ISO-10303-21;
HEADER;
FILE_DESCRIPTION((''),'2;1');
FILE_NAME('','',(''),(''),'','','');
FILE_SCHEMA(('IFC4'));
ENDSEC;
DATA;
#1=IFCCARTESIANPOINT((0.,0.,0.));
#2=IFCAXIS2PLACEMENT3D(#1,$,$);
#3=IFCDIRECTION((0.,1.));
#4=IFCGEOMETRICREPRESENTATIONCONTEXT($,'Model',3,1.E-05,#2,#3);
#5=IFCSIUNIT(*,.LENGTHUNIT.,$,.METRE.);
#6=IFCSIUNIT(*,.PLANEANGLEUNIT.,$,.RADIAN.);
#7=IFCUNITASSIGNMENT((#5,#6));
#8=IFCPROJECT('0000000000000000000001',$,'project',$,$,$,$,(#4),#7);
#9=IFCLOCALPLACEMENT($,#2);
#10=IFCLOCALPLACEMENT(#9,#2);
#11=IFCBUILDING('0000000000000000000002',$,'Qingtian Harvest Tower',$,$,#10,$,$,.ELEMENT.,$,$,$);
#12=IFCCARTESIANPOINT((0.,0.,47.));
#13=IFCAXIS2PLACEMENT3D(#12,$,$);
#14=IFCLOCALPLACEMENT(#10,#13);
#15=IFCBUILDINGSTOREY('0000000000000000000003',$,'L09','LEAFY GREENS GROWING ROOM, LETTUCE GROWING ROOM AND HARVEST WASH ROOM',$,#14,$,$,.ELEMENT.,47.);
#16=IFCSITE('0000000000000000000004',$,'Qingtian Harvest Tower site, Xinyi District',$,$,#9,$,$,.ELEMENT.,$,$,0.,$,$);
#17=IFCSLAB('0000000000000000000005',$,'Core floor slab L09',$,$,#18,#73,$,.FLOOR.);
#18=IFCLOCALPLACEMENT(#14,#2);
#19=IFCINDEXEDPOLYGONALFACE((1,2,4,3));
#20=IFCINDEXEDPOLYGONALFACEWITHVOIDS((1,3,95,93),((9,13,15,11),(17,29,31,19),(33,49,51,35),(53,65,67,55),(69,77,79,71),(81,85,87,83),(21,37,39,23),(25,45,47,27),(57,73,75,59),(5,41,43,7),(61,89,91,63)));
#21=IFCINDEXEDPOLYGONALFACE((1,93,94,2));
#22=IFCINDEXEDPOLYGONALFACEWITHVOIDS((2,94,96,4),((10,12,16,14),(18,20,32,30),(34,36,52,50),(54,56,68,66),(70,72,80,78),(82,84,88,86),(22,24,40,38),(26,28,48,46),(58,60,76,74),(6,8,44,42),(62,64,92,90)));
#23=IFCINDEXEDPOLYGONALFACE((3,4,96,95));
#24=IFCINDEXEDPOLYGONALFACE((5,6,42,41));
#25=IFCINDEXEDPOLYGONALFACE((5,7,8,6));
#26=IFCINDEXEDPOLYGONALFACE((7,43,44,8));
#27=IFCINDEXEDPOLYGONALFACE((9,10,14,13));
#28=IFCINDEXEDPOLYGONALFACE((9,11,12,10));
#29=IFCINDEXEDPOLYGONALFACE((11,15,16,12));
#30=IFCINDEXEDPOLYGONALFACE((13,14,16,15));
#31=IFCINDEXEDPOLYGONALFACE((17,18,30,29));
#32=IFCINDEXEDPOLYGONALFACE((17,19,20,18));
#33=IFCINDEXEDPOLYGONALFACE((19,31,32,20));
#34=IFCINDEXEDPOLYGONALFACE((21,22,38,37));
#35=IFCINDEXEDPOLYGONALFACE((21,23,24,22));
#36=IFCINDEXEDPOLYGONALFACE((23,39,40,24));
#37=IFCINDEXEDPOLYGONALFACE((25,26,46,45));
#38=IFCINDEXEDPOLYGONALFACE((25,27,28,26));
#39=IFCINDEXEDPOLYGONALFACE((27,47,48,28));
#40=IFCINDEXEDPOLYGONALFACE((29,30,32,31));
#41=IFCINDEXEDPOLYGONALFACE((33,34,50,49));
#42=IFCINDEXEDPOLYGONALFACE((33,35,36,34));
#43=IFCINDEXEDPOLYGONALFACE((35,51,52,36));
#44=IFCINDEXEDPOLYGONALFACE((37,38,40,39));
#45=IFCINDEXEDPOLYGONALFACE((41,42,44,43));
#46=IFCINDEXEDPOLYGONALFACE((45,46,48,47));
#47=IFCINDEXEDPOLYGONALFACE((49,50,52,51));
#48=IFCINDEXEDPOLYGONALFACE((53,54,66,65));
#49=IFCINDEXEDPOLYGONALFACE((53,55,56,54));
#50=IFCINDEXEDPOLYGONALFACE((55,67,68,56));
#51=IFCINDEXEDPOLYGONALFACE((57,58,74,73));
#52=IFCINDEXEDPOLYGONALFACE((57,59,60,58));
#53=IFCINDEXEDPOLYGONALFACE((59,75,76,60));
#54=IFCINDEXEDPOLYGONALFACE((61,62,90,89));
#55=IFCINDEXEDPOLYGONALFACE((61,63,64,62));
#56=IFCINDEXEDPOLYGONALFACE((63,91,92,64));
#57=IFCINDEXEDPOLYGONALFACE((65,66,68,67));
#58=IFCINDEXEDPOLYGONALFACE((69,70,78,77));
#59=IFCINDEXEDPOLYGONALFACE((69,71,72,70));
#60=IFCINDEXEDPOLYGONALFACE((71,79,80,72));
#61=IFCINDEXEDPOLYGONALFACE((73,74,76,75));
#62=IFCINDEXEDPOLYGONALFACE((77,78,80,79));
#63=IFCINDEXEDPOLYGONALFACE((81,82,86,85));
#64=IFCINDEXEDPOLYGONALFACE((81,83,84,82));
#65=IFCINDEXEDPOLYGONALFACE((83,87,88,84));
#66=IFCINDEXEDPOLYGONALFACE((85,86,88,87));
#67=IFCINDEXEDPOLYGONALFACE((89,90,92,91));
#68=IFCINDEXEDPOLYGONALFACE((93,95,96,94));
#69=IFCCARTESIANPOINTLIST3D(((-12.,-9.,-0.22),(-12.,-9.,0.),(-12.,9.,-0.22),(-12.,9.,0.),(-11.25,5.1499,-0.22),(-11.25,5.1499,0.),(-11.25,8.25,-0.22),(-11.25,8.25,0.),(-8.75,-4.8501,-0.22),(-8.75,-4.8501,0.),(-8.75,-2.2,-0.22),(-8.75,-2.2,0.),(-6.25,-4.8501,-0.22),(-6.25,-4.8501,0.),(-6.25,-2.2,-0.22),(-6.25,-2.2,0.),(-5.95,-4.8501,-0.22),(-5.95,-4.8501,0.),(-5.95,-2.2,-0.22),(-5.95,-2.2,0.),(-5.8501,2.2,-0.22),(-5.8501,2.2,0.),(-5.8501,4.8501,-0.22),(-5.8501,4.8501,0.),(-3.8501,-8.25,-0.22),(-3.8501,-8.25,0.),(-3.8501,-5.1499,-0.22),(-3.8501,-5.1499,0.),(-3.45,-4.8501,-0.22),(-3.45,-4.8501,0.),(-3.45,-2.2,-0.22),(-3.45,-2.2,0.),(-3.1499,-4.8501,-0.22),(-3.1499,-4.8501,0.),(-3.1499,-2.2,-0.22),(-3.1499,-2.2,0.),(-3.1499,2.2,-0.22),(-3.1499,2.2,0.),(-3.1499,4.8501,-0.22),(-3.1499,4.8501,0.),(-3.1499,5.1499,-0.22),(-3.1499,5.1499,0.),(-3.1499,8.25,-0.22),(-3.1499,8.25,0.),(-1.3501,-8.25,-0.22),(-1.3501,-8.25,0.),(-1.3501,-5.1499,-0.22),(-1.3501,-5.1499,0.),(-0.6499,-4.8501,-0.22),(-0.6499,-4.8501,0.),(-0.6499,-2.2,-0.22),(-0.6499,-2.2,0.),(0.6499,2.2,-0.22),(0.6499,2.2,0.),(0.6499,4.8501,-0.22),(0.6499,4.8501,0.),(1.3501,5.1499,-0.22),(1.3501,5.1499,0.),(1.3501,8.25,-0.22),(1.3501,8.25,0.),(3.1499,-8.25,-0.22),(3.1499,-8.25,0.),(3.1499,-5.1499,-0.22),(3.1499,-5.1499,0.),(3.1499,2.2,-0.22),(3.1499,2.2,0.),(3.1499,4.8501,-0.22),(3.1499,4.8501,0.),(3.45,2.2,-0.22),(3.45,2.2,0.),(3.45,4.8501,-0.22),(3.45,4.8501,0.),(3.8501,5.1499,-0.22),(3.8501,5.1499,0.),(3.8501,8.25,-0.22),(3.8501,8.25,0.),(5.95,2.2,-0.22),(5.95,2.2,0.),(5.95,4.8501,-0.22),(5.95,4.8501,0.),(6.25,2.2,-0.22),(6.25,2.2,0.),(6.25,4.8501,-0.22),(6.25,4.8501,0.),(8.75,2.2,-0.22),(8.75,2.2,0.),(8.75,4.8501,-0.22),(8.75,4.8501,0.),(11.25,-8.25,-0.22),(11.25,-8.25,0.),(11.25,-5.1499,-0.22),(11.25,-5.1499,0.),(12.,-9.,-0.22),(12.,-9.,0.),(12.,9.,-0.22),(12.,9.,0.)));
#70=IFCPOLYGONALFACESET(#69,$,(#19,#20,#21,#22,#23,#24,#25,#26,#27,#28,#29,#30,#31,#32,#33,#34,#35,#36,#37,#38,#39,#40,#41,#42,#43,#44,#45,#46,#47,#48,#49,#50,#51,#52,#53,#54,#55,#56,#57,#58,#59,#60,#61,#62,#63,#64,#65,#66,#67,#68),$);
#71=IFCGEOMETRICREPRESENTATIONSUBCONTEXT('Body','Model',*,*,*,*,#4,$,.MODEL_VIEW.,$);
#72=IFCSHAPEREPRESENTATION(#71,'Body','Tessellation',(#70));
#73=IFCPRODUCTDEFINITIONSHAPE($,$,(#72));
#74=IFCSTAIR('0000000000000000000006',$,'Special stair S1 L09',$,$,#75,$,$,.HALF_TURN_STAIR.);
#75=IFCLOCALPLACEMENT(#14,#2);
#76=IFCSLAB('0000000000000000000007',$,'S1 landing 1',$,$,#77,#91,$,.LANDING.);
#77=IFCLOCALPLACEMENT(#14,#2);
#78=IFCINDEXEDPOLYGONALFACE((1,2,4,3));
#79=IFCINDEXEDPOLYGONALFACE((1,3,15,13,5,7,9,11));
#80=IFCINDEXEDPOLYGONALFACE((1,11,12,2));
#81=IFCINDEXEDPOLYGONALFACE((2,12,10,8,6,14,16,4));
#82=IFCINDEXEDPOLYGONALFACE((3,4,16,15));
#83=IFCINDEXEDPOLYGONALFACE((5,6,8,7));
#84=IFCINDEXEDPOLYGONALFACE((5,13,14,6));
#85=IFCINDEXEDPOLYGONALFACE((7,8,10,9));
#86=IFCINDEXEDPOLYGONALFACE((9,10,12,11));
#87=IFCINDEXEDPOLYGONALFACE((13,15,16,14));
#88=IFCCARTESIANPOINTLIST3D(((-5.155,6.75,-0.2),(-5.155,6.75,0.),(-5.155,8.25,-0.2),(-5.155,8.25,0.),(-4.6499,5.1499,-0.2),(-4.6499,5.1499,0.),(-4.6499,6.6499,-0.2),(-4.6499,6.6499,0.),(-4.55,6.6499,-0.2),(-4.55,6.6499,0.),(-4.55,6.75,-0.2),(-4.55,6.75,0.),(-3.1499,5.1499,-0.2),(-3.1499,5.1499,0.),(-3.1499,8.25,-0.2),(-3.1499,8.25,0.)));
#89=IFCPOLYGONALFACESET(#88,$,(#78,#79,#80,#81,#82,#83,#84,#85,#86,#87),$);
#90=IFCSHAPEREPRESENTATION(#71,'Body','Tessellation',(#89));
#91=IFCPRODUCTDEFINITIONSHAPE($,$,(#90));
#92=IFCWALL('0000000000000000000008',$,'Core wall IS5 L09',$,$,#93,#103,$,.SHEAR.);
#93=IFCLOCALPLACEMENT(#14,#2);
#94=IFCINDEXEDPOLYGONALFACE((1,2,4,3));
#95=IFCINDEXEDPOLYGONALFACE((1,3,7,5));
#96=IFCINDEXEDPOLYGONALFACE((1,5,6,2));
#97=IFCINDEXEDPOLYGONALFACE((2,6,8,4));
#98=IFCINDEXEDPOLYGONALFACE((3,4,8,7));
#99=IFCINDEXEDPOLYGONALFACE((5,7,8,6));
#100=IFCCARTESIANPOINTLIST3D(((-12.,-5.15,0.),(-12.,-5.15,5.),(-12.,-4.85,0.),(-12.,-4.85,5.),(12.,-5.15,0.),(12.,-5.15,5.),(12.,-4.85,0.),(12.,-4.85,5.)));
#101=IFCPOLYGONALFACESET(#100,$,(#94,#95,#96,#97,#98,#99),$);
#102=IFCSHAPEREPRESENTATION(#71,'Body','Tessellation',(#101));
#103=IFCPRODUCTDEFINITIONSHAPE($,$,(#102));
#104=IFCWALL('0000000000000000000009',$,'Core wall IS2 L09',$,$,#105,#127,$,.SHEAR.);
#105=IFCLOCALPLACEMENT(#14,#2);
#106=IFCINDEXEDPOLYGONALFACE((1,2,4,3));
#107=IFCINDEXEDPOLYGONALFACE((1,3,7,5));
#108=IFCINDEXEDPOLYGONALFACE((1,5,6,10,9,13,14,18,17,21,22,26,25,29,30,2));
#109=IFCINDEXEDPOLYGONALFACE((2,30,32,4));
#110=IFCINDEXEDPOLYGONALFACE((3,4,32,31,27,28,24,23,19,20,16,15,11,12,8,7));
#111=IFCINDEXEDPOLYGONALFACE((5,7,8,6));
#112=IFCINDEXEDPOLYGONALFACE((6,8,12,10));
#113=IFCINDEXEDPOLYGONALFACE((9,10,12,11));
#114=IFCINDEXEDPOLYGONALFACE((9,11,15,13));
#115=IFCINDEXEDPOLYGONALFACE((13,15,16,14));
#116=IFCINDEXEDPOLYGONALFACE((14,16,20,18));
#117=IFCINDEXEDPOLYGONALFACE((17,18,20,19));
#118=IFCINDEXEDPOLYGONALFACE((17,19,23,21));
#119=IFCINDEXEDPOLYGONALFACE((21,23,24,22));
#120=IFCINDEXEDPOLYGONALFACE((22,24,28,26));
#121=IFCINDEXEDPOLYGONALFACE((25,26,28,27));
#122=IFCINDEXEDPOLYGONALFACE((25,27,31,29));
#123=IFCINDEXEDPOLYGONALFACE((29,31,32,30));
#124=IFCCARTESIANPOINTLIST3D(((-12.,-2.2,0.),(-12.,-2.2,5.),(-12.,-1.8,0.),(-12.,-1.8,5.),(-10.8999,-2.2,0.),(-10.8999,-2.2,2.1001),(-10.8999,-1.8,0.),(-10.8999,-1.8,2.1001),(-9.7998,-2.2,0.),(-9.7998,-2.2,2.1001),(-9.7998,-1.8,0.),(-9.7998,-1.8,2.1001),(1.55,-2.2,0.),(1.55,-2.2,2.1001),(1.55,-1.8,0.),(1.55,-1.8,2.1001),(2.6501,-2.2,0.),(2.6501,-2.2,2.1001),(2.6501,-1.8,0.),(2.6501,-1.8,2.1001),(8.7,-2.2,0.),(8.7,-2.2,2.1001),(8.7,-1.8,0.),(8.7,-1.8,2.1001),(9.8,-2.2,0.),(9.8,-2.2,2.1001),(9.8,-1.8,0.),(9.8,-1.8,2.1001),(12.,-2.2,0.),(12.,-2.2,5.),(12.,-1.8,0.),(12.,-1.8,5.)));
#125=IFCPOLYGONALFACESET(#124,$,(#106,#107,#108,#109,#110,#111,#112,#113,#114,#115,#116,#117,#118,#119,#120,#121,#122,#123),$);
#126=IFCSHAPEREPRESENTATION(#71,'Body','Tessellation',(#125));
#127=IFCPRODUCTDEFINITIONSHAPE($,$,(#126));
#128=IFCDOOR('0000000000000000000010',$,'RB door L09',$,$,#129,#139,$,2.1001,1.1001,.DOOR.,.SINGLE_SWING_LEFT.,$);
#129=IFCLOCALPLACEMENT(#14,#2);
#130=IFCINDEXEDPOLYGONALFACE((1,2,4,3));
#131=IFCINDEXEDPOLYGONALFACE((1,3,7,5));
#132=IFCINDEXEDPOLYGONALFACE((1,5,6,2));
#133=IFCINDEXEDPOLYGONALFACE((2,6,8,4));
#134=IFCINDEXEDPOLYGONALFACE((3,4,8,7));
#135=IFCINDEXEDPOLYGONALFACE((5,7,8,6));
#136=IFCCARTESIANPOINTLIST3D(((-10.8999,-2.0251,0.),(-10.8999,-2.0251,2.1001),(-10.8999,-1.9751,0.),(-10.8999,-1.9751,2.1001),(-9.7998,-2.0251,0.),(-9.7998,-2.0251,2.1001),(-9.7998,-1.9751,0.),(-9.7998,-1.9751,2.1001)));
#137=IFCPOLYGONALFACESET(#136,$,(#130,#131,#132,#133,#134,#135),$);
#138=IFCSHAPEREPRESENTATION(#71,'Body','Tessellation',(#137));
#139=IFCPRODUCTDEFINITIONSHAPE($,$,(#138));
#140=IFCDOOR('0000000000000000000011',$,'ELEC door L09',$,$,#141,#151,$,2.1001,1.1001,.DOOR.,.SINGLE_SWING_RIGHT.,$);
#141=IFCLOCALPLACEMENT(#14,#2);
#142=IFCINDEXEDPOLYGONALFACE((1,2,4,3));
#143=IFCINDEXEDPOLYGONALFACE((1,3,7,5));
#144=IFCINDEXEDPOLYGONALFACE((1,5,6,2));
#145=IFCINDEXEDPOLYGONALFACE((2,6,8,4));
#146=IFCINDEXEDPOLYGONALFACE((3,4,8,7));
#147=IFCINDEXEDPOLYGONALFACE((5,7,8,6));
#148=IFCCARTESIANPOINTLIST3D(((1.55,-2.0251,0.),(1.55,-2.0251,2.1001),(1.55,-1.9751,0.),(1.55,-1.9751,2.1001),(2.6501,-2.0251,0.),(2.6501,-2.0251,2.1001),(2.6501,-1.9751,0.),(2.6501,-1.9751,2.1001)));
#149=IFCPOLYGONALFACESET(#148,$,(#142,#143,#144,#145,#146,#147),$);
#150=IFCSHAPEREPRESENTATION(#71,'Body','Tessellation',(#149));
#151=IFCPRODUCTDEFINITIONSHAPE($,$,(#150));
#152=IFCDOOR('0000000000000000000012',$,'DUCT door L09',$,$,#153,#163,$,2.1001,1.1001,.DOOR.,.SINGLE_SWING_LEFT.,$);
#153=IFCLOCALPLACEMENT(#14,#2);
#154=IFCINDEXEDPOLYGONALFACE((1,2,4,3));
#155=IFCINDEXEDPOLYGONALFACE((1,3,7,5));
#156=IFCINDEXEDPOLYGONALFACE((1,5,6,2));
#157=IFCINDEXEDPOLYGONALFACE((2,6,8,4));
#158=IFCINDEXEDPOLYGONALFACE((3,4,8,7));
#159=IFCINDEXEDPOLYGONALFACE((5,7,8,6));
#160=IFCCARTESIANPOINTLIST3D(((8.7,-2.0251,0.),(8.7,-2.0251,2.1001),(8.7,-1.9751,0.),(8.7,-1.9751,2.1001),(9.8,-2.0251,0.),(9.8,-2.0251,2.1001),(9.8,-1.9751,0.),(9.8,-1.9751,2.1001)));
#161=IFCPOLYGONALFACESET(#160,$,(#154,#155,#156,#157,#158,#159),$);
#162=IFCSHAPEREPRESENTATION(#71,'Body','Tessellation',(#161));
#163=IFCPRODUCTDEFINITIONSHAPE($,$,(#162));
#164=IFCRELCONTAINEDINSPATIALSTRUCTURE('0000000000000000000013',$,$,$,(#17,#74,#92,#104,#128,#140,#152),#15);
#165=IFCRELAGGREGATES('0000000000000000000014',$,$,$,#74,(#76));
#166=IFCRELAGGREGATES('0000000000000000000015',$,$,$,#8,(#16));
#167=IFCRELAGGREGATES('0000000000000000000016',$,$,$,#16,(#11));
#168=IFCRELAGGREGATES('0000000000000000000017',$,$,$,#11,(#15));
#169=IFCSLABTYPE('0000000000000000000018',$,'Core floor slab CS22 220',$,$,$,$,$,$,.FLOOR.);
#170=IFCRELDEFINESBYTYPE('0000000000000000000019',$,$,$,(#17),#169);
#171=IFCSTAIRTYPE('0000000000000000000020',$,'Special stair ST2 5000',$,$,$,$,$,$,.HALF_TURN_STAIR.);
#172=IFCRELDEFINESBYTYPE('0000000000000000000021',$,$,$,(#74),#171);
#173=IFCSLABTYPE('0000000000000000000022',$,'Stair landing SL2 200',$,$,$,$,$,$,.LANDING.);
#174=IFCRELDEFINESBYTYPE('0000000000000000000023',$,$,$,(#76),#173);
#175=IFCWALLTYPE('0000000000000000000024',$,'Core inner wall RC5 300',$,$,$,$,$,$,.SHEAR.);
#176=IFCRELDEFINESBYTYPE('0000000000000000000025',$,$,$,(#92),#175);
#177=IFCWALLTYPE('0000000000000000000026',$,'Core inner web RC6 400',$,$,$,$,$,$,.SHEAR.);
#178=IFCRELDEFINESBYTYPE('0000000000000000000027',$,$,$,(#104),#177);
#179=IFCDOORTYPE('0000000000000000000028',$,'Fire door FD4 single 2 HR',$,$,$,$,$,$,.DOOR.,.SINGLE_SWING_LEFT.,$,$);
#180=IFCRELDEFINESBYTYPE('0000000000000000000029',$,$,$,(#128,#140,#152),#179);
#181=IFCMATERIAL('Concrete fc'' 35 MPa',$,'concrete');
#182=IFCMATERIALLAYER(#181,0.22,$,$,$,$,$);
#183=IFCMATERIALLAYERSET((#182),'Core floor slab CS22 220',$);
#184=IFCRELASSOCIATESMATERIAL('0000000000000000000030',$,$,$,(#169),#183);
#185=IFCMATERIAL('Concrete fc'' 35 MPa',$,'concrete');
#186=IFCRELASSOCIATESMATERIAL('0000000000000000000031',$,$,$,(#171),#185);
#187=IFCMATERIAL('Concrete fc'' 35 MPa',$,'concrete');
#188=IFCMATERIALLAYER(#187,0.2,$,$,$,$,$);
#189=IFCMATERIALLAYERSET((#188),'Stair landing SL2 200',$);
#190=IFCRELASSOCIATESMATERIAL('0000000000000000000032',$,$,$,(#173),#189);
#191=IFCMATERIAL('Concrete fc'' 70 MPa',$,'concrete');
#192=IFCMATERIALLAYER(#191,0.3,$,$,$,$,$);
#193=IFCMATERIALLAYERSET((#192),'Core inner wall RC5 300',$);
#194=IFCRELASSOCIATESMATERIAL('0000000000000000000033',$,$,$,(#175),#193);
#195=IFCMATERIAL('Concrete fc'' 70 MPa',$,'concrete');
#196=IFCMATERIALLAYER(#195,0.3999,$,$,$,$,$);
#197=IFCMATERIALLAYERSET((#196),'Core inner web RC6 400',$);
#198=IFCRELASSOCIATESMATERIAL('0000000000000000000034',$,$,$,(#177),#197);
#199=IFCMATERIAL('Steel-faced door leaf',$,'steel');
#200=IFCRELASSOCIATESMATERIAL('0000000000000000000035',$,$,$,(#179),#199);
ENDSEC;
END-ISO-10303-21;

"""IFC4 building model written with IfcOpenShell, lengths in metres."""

from ifc_helpers import new_model, si_unit, direction, frame, frame_2d, origin, place, context, subcontext, project, spatial, polyline, rectangle, outline, extrude, material, layer, layer_set, type_object, element, fill, aggregate, save


model = new_model("IFC4")

# Units and contexts
model_context = context("Model", 3, precision=1e-05, world=origin(), true_north=direction((0.0, 1.0)))
body_context = subcontext(model_context, "Body", "Model", "MODEL_VIEW")
ifc_project = project(units=[si_unit("LENGTHUNIT", "METRE"), si_unit("PLANEANGLEUNIT", "RADIAN")], contexts=[model_context])

# Site, building, storey
site_placement = place(None, origin())
site = spatial("IfcSite", under=ifc_project, at=site_placement, Name="Qingtian Harvest Tower site, Xinyi District", CompositionType="ELEMENT", RefElevation=0.0)
building_placement = place(site_placement, origin())
building = spatial("IfcBuilding", under=site, at=building_placement, Name="Qingtian Harvest Tower", CompositionType="ELEMENT")
storey_placement = place(building_placement, frame((0.0, 0.0, 47.0)))
storey = spatial("IfcBuildingStorey", under=building, at=storey_placement, Name="L09", Description="LEAFY GREENS GROWING ROOM, LETTUCE GROWING ROOM AND HARVEST WASH ROOM", CompositionType="ELEMENT", Elevation=47.0)

# Slab
ifc_material_1 = material(Name="Concrete fc' 35 MPa", Category="concrete")
ifc_layer_1 = layer(ifc_material_1, 0.22)
ifc_layer_set_1 = layer_set([ifc_layer_1], Name="Core floor slab CS22 220")
slab_type_1 = type_object("IfcSlabType", Name="Core floor slab CS22 220", PredefinedType="FLOOR", material=ifc_layer_set_1)
slab_1_placement = place(storey_placement, frame((0.0, 0.0, -0.22)))
element("IfcSlab", 1, at=slab_1_placement, inside=storey, type_object=slab_type_1, Name="Core floor slab L09", PredefinedType="FLOOR", context=body_context, shape_type="SweptSolid", body=[
    extrude(outline(polyline([(-12.0, -9.0), (12.0, -9.0), (12.0, 9.0), (-12.0, 9.0), (-12.0, -9.0)]), holes=[polyline([(-11.25, 5.1499), (-3.1499, 5.1499), (-3.1499, 8.25), (-11.25, 8.25), (-11.25, 5.1499)]), polyline([(3.1499, -8.25), (11.25, -8.25), (11.25, -5.1499), (3.1499, -5.1499), (3.1499, -8.25)]), polyline([(1.3501, 5.1499), (3.8501, 5.1499), (3.8501, 8.25), (1.3501, 8.25), (1.3501, 5.1499)]), polyline([(-3.8501, -8.25), (-1.3501, -8.25), (-1.3501, -5.1499), (-3.8501, -5.1499), (-3.8501, -8.25)]), polyline([(-5.8501, 2.2), (-3.1499, 2.2), (-3.1499, 4.8501), (-5.8501, 4.8501), (-5.8501, 2.2)]), polyline([(0.6499, 2.2), (3.1499, 2.2), (3.1499, 4.8501), (0.6499, 4.8501), (0.6499, 2.2)]), polyline([(3.45, 2.2), (5.95, 2.2), (5.95, 4.8501), (3.45, 4.8501), (3.45, 2.2)]), polyline([(6.25, 2.2), (8.75, 2.2), (8.75, 4.8501), (6.25, 4.8501), (6.25, 2.2)]), polyline([(-8.75, -4.8501), (-6.25, -4.8501), (-6.25, -2.2), (-8.75, -2.2), (-8.75, -4.8501)]), polyline([(-5.95, -4.8501), (-3.45, -4.8501), (-3.45, -2.2), (-5.95, -2.2), (-5.95, -4.8501)]), polyline([(-3.1499, -4.8501), (-0.6499, -4.8501), (-0.6499, -2.2), (-3.1499, -2.2), (-3.1499, -4.8501)])]), origin(), (0.0, 0.0, 1.0), 0.22),
])

# Stair, slab
ifc_material_2 = material(Name="Concrete fc' 35 MPa", Category="concrete")
stair_type = type_object("IfcStairType", Name="Special stair ST2 5000", PredefinedType="HALF_TURN_STAIR", material=ifc_material_2)
stair_placement = place(storey_placement, origin())
stair = element("IfcStair", 2, at=stair_placement, inside=storey, type_object=stair_type, Name="Special stair S1 L09", PredefinedType="HALF_TURN_STAIR")
ifc_material_3 = material(Name="Concrete fc' 35 MPa", Category="concrete")
ifc_layer_2 = layer(ifc_material_3, 0.2)
ifc_layer_set_2 = layer_set([ifc_layer_2], Name="Stair landing SL2 200")
slab_type_2 = type_object("IfcSlabType", Name="Stair landing SL2 200", PredefinedType="LANDING", material=ifc_layer_set_2)
slab_2_placement = place(storey_placement, frame((0.0, 0.0, -0.2)))
slab_2 = element("IfcSlab", 3, at=slab_2_placement, type_object=slab_type_2, Name="S1 landing 1", PredefinedType="LANDING", context=body_context, shape_type="SweptSolid", body=[
    extrude(outline(polyline([(-4.6499, 5.1499), (-4.6499, 6.6499), (-4.55, 6.6499), (-4.55, 6.75), (-5.155, 6.75), (-5.155, 8.25), (-3.1499, 8.25), (-3.1499, 5.1499), (-4.6499, 5.1499)])), origin(), (0.0, 0.0, 1.0), 0.2),
])
aggregate(stair, [slab_2])

# Wall
ifc_material_4 = material(Name="Concrete fc' 70 MPa", Category="concrete")
ifc_layer_3 = layer(ifc_material_4, 0.3)
ifc_layer_set_3 = layer_set([ifc_layer_3], Name="Core inner wall RC5 300")
wall_type_1 = type_object("IfcWallType", Name="Core inner wall RC5 300", PredefinedType="SHEAR", material=ifc_layer_set_3)
wall_1_placement = place(storey_placement, frame((-12.0, -5.0, 0.0), z_axis=(0.0, 0.0, 1.0), x_axis=(1.0, 0.0, 0.0)))
element("IfcWall", 4, at=wall_1_placement, inside=storey, type_object=wall_type_1, Name="Core wall IS5 L09", PredefinedType="SHEAR", context=body_context, shape_type="SweptSolid", body=[
    extrude(rectangle(XDim=24.0, YDim=0.3, at=frame_2d((12.0, 0.0))), origin(), (0.0, 0.0, 1.0), 5.0),
])

# Wall, openings, doors
ifc_material_5 = material(Name="Concrete fc' 70 MPa", Category="concrete")
ifc_layer_4 = layer(ifc_material_5, 0.3999)
ifc_layer_set_4 = layer_set([ifc_layer_4], Name="Core inner web RC6 400")
wall_type_2 = type_object("IfcWallType", Name="Core inner web RC6 400", PredefinedType="SHEAR", material=ifc_layer_set_4)
wall_2_placement = place(storey_placement, frame((-12.0, -2.0, 0.0), z_axis=(0.0, 0.0, 1.0), x_axis=(1.0, 0.0, 0.0)))
wall_2 = element("IfcWall", 5, at=wall_2_placement, inside=storey, type_object=wall_type_2, Name="Core wall IS2 L09", PredefinedType="SHEAR", context=body_context, shape_type="SweptSolid", body=[
    extrude(rectangle(XDim=24.0, YDim=0.3999, at=frame_2d((12.0, 0.0))), origin(), (0.0, 0.0, 1.0), 5.0),
])
opening_1_placement = place(wall_2_placement, frame((1.1001, 0.0, 0.0)))
opening_1 = element("IfcOpeningElement", 6, at=opening_1_placement, cuts=wall_2, PredefinedType="OPENING", context=body_context, shape_type="SweptSolid", body=[
    extrude(rectangle(XDim=1.1001, YDim=2.1001, at=frame_2d((0.55, 1.05))), frame((0.0, 0.21, 0.0), z_axis=(0.0, -1.0, 0.0), x_axis=(1.0, 0.0, 0.0)), (0.0, 0.0, 1.0), 0.4199),
])
opening_2_placement = place(wall_2_placement, frame((13.55, 0.0, 0.0)))
opening_2 = element("IfcOpeningElement", 7, at=opening_2_placement, cuts=wall_2, PredefinedType="OPENING", context=body_context, shape_type="SweptSolid", body=[
    extrude(rectangle(XDim=1.1001, YDim=2.1001, at=frame_2d((0.55, 1.05))), frame((0.0, 0.21, 0.0), z_axis=(0.0, -1.0, 0.0), x_axis=(1.0, 0.0, 0.0)), (0.0, 0.0, 1.0), 0.4199),
])
opening_3_placement = place(wall_2_placement, frame((20.7, 0.0, 0.0)))
opening_3 = element("IfcOpeningElement", 8, at=opening_3_placement, cuts=wall_2, PredefinedType="OPENING", context=body_context, shape_type="SweptSolid", body=[
    extrude(rectangle(XDim=1.1001, YDim=2.1001, at=frame_2d((0.55, 1.05))), frame((0.0, 0.21, 0.0), z_axis=(0.0, -1.0, 0.0), x_axis=(1.0, 0.0, 0.0)), (0.0, 0.0, 1.0), 0.4199),
])
ifc_material_6 = material(Name="Steel-faced door leaf", Category="steel")
door_type_1 = type_object("IfcDoorType", Name="Fire door FD4 single 2 HR", OperationType="SINGLE_SWING_LEFT", PredefinedType="DOOR", material=ifc_material_6)
door_1_placement = place(opening_1_placement, origin())
door_1 = element("IfcDoor", 9, at=door_1_placement, inside=storey, type_object=door_type_1, Name="RB door L09", OperationType="SINGLE_SWING_LEFT", OverallHeight=2.1001, OverallWidth=1.1001, PredefinedType="DOOR", context=body_context, shape_type="SweptSolid", body=[
    extrude(rectangle(XDim=1.1001, YDim=2.1001, at=frame_2d((0.55, 1.05))), frame((0.0, 0.0249, 0.0), z_axis=(0.0, -1.0, 0.0), x_axis=(1.0, 0.0, 0.0)), (0.0, 0.0, 1.0), 0.05),
])
fill(opening_1, door_1)
door_2_placement = place(opening_2_placement, origin())
door_2 = element("IfcDoor", 10, at=door_2_placement, inside=storey, type_object=door_type_1, Name="ELEC door L09", OperationType="SINGLE_SWING_RIGHT", OverallHeight=2.1001, OverallWidth=1.1001, PredefinedType="DOOR", context=body_context, shape_type="SweptSolid", body=[
    extrude(rectangle(XDim=1.1001, YDim=2.1001, at=frame_2d((0.55, 1.05))), frame((0.0, 0.0249, 0.0), z_axis=(0.0, -1.0, 0.0), x_axis=(1.0, 0.0, 0.0)), (0.0, 0.0, 1.0), 0.05),
])
fill(opening_2, door_2)
door_3_placement = place(opening_3_placement, origin())
door_3 = element("IfcDoor", 11, at=door_3_placement, inside=storey, type_object=door_type_1, Name="DUCT door L09", OperationType="SINGLE_SWING_LEFT", OverallHeight=2.1001, OverallWidth=1.1001, PredefinedType="DOOR", context=body_context, shape_type="SweptSolid", body=[
    extrude(rectangle(XDim=1.1001, YDim=2.1001, at=frame_2d((0.55, 1.05))), frame((0.0, 0.0249, 0.0), z_axis=(0.0, -1.0, 0.0), x_axis=(1.0, 0.0, 0.0)), (0.0, 0.0, 1.0), 0.05),
])
fill(opening_3, door_3)

save(model, "model.ifc")
